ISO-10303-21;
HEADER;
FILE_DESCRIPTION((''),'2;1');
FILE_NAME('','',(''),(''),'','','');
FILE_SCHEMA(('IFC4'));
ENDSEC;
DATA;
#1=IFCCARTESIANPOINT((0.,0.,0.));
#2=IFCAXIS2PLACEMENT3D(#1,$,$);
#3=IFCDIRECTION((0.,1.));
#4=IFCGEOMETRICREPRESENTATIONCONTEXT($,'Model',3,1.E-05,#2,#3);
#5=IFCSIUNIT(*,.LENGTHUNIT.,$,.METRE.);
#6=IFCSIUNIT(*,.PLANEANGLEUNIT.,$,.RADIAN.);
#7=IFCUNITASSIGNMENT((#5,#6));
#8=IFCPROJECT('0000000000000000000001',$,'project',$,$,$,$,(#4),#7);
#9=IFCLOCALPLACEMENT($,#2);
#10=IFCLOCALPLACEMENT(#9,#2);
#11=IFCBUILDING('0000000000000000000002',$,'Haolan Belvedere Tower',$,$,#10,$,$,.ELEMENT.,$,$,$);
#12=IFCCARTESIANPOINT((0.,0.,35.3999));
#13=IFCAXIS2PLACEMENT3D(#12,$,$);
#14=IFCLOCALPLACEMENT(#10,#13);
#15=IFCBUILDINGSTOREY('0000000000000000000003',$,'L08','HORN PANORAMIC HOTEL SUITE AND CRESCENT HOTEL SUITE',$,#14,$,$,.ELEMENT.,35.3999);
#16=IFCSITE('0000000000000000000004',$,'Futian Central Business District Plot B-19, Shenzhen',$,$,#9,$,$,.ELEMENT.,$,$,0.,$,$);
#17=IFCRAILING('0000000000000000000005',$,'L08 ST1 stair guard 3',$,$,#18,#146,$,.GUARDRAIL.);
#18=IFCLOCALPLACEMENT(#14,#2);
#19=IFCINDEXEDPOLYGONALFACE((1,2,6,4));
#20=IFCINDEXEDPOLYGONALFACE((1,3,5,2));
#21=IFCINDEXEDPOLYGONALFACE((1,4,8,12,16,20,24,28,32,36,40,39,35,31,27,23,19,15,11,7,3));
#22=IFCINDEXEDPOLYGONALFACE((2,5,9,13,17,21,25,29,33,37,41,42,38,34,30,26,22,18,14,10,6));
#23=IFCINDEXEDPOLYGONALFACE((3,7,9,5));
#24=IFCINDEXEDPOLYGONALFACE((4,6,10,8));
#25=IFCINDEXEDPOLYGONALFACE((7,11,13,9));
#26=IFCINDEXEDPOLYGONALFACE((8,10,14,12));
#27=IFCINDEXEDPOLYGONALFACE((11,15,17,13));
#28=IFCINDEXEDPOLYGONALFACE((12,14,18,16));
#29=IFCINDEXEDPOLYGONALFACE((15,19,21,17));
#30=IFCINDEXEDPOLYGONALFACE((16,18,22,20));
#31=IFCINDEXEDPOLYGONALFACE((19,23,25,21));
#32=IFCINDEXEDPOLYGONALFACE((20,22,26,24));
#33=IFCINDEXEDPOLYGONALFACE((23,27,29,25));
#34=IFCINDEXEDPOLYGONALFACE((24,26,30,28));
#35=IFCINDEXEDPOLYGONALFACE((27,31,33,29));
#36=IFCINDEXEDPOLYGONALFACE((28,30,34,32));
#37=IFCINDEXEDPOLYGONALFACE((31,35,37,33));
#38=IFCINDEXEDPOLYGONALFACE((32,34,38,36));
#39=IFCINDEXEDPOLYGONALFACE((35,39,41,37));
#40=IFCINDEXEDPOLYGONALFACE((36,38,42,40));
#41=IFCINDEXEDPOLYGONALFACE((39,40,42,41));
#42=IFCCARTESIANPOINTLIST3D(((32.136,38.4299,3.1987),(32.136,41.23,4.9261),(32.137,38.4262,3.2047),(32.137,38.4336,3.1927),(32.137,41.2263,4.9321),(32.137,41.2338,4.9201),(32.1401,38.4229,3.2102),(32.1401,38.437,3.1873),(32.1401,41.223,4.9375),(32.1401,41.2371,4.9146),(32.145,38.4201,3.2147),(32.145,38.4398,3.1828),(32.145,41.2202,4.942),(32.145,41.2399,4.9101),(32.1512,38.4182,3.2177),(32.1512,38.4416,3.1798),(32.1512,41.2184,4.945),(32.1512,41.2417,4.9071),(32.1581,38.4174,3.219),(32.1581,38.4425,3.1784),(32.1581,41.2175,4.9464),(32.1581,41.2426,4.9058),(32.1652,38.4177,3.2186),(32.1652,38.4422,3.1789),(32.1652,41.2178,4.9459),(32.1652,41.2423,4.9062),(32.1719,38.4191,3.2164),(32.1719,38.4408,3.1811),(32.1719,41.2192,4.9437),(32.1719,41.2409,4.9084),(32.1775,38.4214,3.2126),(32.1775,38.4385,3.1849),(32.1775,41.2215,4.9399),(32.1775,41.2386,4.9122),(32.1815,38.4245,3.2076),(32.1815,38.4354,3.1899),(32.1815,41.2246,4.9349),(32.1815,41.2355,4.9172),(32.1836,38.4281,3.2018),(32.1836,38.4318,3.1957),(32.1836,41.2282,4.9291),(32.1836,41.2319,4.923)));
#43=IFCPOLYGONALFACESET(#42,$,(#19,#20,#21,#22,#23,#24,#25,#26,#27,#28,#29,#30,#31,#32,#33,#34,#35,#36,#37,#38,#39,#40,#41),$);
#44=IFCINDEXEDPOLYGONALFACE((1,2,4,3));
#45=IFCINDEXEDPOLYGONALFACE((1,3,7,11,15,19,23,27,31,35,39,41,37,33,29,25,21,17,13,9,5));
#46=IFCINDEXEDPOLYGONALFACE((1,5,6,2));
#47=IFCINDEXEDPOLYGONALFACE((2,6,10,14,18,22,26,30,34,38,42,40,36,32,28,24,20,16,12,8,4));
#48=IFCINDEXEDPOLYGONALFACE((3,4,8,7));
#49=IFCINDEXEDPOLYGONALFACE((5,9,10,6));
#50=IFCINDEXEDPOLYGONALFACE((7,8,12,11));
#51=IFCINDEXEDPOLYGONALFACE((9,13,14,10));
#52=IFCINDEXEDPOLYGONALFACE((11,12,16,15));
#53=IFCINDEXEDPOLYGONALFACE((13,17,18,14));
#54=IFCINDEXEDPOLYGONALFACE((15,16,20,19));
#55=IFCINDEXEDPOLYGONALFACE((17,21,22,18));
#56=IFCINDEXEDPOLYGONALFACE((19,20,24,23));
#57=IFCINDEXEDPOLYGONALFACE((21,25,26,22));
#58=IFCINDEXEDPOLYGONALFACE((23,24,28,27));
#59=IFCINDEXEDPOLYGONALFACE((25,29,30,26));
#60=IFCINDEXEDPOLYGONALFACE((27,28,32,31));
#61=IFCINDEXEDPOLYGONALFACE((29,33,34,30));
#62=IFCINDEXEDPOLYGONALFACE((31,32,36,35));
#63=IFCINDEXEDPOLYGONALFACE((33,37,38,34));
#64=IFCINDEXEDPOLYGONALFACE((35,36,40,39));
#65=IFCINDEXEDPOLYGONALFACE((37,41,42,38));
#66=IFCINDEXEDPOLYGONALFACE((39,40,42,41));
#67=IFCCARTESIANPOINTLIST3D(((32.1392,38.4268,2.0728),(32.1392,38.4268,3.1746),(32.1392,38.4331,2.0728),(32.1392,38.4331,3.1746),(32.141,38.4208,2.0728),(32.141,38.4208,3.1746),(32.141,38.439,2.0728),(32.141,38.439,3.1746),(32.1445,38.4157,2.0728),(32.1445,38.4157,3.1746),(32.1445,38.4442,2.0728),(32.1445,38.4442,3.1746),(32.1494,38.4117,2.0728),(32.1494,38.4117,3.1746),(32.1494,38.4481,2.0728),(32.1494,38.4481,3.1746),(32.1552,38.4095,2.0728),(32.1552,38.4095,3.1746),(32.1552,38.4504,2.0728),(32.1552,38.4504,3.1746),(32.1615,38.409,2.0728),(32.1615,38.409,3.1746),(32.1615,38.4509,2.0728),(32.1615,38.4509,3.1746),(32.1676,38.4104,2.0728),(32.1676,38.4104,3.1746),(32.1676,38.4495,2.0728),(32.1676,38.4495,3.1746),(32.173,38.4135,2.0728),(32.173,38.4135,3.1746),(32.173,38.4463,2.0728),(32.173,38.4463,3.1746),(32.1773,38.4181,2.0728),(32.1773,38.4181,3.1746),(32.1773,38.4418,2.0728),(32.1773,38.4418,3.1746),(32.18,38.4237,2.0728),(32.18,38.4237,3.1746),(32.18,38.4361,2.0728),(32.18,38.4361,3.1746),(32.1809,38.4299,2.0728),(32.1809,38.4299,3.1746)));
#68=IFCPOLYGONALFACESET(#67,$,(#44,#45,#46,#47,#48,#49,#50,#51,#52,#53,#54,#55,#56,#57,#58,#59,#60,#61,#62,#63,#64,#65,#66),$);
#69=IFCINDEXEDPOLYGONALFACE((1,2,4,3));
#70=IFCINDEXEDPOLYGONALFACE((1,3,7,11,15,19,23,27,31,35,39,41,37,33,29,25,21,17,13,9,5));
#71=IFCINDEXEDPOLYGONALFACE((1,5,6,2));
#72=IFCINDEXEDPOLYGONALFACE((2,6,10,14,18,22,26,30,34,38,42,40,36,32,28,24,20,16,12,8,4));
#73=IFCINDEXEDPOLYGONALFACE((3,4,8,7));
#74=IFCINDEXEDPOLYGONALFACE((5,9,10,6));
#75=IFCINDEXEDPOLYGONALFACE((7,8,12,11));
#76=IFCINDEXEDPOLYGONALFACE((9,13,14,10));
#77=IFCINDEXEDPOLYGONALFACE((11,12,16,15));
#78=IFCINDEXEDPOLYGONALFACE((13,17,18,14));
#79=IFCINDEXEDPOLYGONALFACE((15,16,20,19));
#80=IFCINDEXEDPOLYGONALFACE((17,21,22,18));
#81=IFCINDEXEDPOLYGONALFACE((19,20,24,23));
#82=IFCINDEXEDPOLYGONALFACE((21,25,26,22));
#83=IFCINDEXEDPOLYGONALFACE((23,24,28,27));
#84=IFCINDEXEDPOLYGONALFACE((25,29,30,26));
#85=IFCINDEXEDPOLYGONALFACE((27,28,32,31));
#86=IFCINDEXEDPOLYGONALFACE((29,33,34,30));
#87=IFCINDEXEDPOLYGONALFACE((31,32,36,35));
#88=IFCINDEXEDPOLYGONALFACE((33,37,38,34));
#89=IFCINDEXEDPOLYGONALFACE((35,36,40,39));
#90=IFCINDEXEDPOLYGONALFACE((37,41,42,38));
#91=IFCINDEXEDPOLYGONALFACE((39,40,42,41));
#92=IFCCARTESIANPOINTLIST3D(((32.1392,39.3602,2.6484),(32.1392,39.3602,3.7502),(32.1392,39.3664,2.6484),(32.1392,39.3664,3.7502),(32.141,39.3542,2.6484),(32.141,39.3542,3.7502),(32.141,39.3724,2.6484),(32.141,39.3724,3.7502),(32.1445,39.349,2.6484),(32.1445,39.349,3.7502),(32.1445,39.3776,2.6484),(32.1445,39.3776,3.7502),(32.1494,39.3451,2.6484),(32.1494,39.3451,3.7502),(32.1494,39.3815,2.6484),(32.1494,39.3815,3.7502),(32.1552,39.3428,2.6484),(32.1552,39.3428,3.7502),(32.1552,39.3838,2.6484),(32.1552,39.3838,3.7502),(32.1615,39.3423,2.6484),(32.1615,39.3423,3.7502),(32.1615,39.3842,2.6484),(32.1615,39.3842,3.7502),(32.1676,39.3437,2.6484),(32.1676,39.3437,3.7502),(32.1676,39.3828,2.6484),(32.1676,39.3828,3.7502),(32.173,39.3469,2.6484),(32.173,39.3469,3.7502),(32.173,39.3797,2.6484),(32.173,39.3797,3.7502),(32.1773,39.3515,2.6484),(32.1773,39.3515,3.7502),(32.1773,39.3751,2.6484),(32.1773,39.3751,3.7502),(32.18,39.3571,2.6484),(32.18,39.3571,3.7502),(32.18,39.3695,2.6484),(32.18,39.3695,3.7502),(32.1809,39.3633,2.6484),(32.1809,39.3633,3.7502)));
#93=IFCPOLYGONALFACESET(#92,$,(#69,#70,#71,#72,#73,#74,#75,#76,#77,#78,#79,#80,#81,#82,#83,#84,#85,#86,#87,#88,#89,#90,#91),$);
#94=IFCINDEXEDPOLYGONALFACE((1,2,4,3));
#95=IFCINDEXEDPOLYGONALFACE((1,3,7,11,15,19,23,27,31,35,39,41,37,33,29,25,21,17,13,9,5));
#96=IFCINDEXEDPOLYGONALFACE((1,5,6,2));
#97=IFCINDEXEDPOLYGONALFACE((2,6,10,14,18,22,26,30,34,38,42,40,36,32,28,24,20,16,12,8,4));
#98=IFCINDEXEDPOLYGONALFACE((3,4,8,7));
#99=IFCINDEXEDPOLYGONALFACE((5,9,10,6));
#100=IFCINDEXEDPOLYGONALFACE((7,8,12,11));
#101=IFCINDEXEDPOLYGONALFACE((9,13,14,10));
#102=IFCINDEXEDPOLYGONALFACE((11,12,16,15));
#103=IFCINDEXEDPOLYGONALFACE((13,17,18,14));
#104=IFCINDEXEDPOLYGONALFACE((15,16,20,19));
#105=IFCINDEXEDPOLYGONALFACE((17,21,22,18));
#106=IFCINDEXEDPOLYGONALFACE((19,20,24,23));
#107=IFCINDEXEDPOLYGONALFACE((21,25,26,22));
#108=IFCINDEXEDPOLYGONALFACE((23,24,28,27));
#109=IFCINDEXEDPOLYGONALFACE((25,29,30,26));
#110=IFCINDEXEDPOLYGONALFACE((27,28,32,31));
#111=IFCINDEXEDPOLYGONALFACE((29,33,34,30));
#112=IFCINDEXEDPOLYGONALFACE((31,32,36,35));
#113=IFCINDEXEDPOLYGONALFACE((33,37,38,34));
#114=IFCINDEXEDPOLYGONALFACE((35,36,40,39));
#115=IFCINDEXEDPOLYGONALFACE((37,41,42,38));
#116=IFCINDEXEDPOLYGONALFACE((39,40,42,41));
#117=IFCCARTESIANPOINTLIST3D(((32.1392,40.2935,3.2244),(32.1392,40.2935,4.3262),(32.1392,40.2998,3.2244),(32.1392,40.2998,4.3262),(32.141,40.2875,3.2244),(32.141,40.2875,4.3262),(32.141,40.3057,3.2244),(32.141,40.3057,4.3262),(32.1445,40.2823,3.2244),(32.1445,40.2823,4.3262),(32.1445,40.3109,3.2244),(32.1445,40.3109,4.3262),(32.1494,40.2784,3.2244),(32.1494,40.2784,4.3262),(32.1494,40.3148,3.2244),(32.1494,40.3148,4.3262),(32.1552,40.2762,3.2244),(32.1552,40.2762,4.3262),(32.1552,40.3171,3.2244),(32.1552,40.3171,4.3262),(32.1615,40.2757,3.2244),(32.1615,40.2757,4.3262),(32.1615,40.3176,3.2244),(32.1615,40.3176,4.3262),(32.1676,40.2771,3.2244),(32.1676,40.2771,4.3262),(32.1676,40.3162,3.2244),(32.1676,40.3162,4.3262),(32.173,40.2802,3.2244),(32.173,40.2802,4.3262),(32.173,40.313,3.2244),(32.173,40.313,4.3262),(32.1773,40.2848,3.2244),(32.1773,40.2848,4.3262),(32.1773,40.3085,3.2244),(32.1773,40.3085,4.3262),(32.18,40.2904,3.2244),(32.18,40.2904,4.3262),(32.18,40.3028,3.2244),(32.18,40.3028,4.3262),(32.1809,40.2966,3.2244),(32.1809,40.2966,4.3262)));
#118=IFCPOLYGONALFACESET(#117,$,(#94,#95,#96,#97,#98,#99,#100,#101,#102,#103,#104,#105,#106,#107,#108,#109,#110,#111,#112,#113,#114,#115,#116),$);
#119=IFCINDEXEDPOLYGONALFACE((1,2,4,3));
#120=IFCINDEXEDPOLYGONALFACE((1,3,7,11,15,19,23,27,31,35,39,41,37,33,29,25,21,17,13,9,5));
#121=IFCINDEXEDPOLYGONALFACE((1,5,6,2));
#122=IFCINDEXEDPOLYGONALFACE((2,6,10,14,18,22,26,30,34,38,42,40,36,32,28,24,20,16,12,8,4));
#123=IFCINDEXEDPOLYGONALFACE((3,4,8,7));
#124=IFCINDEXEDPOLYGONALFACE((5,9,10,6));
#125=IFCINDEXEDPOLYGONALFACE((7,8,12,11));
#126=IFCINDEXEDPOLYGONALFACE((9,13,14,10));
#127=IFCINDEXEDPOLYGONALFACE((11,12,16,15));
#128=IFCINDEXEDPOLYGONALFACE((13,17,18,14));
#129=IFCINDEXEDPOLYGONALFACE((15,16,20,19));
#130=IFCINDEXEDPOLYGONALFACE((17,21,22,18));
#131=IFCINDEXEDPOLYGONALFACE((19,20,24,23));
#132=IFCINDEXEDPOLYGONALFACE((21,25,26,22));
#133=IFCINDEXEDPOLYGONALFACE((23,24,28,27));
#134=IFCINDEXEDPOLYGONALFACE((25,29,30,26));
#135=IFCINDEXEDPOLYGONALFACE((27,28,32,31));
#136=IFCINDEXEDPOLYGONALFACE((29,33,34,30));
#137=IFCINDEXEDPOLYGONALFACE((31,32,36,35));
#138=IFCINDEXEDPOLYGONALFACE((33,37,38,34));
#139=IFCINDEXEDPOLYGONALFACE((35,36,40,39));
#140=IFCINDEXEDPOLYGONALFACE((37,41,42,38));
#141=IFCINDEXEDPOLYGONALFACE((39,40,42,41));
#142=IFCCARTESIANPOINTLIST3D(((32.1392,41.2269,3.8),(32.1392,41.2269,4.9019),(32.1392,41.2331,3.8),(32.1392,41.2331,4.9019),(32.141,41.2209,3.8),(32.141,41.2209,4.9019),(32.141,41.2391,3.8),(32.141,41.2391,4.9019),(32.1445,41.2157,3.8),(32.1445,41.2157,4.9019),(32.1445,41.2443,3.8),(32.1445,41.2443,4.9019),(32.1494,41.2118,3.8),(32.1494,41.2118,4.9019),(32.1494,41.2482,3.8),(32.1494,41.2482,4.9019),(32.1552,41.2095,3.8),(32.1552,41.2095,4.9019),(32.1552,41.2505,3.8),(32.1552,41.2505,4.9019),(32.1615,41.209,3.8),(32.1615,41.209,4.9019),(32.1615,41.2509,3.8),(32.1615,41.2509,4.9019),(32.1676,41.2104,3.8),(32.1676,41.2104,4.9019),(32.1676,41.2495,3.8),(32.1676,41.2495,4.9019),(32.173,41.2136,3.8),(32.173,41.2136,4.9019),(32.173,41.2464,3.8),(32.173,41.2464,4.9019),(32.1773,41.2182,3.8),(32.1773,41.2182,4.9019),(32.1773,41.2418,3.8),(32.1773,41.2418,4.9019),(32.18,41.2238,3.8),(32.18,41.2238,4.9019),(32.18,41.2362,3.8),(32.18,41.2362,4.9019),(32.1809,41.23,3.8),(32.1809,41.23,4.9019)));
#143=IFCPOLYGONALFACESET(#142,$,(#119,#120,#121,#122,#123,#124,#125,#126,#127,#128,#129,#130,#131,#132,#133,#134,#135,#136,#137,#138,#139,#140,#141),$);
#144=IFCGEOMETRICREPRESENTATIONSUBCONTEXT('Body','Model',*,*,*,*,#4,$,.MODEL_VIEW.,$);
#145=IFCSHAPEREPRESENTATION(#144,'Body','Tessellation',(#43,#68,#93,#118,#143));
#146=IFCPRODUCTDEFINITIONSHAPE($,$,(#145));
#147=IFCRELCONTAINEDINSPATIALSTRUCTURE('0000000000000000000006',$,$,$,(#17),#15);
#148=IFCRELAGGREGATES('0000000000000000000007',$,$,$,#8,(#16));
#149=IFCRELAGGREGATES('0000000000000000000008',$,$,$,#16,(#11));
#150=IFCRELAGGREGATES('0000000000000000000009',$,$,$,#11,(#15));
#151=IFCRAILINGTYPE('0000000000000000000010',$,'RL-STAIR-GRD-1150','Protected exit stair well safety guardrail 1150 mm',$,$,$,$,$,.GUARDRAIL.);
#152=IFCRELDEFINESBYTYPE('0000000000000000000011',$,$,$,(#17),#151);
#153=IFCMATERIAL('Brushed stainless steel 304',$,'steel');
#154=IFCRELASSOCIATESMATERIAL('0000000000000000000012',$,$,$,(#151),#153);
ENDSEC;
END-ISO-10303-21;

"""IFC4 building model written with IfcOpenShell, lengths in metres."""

from ifc_helpers import new_model, si_unit, direction, frame, origin, origin_2d, place, context, subcontext, project, spatial, circle, extrude, material, type_object, element, save


model = new_model("IFC4")

# Units and contexts
model_context = context("Model", 3, precision=1e-05, world=origin(), true_north=direction((0.0, 1.0)))
body_context = subcontext(model_context, "Body", "Model", "MODEL_VIEW")
ifc_project = project(units=[si_unit("LENGTHUNIT", "METRE"), si_unit("PLANEANGLEUNIT", "RADIAN")], contexts=[model_context])

# Site, building, storey
site_placement = place(None, origin())
site = spatial("IfcSite", under=ifc_project, at=site_placement, Name="Futian Central Business District Plot B-19, Shenzhen", CompositionType="ELEMENT", RefElevation=0.0)
building_placement = place(site_placement, origin())
building = spatial("IfcBuilding", under=site, at=building_placement, Name="Haolan Belvedere Tower", CompositionType="ELEMENT")
storey_placement = place(building_placement, frame((0.0, 0.0, 35.3999)))
storey = spatial("IfcBuildingStorey", under=building, at=storey_placement, Name="L08", Description="HORN PANORAMIC HOTEL SUITE AND CRESCENT HOTEL SUITE", CompositionType="ELEMENT", Elevation=35.3999)

# Railing
ifc_material_1 = material(Name="Brushed stainless steel 304", Category="steel")
railing_type_1 = type_object("IfcRailingType", Name="RL-STAIR-GRD-1150", Description="Protected exit stair well safety guardrail 1150 mm", PredefinedType="GUARDRAIL", material=ifc_material_1)
railing_1_placement = place(storey_placement, frame((32.1599, 38.4299, 2.0728)))
element("IfcRailing", 1, at=railing_1_placement, inside=storey, type_object=railing_type_1, Name="L08 ST1 stair guard 3", PredefinedType="GUARDRAIL", context=body_context, shape_type="SweptSolid", body=[
    extrude(circle(Radius=0.0239, at=origin_2d()), frame((0.0, 0.0, 1.126), z_axis=(0.0, 0.85109, 0.52502), x_axis=(-1.0, 0.0, 0.0)), (0.0, 0.0, 1.0), 3.29),
    extrude(circle(Radius=0.021, at=origin_2d()), origin(), (0.0, 0.0, 1.0), 1.1018),
    extrude(circle(Radius=0.021, at=origin_2d()), frame((0.0, 0.9333, 0.5757)), (0.0, 0.0, 1.0), 1.1018),
    extrude(circle(Radius=0.021, at=origin_2d()), frame((0.0, 1.8667, 1.1516)), (0.0, 0.0, 1.0), 1.1018),
    extrude(circle(Radius=0.021, at=origin_2d()), frame((0.0, 2.8, 1.7273)), (0.0, 0.0, 1.0), 1.1018),
])

save(model, "model.ifc")
